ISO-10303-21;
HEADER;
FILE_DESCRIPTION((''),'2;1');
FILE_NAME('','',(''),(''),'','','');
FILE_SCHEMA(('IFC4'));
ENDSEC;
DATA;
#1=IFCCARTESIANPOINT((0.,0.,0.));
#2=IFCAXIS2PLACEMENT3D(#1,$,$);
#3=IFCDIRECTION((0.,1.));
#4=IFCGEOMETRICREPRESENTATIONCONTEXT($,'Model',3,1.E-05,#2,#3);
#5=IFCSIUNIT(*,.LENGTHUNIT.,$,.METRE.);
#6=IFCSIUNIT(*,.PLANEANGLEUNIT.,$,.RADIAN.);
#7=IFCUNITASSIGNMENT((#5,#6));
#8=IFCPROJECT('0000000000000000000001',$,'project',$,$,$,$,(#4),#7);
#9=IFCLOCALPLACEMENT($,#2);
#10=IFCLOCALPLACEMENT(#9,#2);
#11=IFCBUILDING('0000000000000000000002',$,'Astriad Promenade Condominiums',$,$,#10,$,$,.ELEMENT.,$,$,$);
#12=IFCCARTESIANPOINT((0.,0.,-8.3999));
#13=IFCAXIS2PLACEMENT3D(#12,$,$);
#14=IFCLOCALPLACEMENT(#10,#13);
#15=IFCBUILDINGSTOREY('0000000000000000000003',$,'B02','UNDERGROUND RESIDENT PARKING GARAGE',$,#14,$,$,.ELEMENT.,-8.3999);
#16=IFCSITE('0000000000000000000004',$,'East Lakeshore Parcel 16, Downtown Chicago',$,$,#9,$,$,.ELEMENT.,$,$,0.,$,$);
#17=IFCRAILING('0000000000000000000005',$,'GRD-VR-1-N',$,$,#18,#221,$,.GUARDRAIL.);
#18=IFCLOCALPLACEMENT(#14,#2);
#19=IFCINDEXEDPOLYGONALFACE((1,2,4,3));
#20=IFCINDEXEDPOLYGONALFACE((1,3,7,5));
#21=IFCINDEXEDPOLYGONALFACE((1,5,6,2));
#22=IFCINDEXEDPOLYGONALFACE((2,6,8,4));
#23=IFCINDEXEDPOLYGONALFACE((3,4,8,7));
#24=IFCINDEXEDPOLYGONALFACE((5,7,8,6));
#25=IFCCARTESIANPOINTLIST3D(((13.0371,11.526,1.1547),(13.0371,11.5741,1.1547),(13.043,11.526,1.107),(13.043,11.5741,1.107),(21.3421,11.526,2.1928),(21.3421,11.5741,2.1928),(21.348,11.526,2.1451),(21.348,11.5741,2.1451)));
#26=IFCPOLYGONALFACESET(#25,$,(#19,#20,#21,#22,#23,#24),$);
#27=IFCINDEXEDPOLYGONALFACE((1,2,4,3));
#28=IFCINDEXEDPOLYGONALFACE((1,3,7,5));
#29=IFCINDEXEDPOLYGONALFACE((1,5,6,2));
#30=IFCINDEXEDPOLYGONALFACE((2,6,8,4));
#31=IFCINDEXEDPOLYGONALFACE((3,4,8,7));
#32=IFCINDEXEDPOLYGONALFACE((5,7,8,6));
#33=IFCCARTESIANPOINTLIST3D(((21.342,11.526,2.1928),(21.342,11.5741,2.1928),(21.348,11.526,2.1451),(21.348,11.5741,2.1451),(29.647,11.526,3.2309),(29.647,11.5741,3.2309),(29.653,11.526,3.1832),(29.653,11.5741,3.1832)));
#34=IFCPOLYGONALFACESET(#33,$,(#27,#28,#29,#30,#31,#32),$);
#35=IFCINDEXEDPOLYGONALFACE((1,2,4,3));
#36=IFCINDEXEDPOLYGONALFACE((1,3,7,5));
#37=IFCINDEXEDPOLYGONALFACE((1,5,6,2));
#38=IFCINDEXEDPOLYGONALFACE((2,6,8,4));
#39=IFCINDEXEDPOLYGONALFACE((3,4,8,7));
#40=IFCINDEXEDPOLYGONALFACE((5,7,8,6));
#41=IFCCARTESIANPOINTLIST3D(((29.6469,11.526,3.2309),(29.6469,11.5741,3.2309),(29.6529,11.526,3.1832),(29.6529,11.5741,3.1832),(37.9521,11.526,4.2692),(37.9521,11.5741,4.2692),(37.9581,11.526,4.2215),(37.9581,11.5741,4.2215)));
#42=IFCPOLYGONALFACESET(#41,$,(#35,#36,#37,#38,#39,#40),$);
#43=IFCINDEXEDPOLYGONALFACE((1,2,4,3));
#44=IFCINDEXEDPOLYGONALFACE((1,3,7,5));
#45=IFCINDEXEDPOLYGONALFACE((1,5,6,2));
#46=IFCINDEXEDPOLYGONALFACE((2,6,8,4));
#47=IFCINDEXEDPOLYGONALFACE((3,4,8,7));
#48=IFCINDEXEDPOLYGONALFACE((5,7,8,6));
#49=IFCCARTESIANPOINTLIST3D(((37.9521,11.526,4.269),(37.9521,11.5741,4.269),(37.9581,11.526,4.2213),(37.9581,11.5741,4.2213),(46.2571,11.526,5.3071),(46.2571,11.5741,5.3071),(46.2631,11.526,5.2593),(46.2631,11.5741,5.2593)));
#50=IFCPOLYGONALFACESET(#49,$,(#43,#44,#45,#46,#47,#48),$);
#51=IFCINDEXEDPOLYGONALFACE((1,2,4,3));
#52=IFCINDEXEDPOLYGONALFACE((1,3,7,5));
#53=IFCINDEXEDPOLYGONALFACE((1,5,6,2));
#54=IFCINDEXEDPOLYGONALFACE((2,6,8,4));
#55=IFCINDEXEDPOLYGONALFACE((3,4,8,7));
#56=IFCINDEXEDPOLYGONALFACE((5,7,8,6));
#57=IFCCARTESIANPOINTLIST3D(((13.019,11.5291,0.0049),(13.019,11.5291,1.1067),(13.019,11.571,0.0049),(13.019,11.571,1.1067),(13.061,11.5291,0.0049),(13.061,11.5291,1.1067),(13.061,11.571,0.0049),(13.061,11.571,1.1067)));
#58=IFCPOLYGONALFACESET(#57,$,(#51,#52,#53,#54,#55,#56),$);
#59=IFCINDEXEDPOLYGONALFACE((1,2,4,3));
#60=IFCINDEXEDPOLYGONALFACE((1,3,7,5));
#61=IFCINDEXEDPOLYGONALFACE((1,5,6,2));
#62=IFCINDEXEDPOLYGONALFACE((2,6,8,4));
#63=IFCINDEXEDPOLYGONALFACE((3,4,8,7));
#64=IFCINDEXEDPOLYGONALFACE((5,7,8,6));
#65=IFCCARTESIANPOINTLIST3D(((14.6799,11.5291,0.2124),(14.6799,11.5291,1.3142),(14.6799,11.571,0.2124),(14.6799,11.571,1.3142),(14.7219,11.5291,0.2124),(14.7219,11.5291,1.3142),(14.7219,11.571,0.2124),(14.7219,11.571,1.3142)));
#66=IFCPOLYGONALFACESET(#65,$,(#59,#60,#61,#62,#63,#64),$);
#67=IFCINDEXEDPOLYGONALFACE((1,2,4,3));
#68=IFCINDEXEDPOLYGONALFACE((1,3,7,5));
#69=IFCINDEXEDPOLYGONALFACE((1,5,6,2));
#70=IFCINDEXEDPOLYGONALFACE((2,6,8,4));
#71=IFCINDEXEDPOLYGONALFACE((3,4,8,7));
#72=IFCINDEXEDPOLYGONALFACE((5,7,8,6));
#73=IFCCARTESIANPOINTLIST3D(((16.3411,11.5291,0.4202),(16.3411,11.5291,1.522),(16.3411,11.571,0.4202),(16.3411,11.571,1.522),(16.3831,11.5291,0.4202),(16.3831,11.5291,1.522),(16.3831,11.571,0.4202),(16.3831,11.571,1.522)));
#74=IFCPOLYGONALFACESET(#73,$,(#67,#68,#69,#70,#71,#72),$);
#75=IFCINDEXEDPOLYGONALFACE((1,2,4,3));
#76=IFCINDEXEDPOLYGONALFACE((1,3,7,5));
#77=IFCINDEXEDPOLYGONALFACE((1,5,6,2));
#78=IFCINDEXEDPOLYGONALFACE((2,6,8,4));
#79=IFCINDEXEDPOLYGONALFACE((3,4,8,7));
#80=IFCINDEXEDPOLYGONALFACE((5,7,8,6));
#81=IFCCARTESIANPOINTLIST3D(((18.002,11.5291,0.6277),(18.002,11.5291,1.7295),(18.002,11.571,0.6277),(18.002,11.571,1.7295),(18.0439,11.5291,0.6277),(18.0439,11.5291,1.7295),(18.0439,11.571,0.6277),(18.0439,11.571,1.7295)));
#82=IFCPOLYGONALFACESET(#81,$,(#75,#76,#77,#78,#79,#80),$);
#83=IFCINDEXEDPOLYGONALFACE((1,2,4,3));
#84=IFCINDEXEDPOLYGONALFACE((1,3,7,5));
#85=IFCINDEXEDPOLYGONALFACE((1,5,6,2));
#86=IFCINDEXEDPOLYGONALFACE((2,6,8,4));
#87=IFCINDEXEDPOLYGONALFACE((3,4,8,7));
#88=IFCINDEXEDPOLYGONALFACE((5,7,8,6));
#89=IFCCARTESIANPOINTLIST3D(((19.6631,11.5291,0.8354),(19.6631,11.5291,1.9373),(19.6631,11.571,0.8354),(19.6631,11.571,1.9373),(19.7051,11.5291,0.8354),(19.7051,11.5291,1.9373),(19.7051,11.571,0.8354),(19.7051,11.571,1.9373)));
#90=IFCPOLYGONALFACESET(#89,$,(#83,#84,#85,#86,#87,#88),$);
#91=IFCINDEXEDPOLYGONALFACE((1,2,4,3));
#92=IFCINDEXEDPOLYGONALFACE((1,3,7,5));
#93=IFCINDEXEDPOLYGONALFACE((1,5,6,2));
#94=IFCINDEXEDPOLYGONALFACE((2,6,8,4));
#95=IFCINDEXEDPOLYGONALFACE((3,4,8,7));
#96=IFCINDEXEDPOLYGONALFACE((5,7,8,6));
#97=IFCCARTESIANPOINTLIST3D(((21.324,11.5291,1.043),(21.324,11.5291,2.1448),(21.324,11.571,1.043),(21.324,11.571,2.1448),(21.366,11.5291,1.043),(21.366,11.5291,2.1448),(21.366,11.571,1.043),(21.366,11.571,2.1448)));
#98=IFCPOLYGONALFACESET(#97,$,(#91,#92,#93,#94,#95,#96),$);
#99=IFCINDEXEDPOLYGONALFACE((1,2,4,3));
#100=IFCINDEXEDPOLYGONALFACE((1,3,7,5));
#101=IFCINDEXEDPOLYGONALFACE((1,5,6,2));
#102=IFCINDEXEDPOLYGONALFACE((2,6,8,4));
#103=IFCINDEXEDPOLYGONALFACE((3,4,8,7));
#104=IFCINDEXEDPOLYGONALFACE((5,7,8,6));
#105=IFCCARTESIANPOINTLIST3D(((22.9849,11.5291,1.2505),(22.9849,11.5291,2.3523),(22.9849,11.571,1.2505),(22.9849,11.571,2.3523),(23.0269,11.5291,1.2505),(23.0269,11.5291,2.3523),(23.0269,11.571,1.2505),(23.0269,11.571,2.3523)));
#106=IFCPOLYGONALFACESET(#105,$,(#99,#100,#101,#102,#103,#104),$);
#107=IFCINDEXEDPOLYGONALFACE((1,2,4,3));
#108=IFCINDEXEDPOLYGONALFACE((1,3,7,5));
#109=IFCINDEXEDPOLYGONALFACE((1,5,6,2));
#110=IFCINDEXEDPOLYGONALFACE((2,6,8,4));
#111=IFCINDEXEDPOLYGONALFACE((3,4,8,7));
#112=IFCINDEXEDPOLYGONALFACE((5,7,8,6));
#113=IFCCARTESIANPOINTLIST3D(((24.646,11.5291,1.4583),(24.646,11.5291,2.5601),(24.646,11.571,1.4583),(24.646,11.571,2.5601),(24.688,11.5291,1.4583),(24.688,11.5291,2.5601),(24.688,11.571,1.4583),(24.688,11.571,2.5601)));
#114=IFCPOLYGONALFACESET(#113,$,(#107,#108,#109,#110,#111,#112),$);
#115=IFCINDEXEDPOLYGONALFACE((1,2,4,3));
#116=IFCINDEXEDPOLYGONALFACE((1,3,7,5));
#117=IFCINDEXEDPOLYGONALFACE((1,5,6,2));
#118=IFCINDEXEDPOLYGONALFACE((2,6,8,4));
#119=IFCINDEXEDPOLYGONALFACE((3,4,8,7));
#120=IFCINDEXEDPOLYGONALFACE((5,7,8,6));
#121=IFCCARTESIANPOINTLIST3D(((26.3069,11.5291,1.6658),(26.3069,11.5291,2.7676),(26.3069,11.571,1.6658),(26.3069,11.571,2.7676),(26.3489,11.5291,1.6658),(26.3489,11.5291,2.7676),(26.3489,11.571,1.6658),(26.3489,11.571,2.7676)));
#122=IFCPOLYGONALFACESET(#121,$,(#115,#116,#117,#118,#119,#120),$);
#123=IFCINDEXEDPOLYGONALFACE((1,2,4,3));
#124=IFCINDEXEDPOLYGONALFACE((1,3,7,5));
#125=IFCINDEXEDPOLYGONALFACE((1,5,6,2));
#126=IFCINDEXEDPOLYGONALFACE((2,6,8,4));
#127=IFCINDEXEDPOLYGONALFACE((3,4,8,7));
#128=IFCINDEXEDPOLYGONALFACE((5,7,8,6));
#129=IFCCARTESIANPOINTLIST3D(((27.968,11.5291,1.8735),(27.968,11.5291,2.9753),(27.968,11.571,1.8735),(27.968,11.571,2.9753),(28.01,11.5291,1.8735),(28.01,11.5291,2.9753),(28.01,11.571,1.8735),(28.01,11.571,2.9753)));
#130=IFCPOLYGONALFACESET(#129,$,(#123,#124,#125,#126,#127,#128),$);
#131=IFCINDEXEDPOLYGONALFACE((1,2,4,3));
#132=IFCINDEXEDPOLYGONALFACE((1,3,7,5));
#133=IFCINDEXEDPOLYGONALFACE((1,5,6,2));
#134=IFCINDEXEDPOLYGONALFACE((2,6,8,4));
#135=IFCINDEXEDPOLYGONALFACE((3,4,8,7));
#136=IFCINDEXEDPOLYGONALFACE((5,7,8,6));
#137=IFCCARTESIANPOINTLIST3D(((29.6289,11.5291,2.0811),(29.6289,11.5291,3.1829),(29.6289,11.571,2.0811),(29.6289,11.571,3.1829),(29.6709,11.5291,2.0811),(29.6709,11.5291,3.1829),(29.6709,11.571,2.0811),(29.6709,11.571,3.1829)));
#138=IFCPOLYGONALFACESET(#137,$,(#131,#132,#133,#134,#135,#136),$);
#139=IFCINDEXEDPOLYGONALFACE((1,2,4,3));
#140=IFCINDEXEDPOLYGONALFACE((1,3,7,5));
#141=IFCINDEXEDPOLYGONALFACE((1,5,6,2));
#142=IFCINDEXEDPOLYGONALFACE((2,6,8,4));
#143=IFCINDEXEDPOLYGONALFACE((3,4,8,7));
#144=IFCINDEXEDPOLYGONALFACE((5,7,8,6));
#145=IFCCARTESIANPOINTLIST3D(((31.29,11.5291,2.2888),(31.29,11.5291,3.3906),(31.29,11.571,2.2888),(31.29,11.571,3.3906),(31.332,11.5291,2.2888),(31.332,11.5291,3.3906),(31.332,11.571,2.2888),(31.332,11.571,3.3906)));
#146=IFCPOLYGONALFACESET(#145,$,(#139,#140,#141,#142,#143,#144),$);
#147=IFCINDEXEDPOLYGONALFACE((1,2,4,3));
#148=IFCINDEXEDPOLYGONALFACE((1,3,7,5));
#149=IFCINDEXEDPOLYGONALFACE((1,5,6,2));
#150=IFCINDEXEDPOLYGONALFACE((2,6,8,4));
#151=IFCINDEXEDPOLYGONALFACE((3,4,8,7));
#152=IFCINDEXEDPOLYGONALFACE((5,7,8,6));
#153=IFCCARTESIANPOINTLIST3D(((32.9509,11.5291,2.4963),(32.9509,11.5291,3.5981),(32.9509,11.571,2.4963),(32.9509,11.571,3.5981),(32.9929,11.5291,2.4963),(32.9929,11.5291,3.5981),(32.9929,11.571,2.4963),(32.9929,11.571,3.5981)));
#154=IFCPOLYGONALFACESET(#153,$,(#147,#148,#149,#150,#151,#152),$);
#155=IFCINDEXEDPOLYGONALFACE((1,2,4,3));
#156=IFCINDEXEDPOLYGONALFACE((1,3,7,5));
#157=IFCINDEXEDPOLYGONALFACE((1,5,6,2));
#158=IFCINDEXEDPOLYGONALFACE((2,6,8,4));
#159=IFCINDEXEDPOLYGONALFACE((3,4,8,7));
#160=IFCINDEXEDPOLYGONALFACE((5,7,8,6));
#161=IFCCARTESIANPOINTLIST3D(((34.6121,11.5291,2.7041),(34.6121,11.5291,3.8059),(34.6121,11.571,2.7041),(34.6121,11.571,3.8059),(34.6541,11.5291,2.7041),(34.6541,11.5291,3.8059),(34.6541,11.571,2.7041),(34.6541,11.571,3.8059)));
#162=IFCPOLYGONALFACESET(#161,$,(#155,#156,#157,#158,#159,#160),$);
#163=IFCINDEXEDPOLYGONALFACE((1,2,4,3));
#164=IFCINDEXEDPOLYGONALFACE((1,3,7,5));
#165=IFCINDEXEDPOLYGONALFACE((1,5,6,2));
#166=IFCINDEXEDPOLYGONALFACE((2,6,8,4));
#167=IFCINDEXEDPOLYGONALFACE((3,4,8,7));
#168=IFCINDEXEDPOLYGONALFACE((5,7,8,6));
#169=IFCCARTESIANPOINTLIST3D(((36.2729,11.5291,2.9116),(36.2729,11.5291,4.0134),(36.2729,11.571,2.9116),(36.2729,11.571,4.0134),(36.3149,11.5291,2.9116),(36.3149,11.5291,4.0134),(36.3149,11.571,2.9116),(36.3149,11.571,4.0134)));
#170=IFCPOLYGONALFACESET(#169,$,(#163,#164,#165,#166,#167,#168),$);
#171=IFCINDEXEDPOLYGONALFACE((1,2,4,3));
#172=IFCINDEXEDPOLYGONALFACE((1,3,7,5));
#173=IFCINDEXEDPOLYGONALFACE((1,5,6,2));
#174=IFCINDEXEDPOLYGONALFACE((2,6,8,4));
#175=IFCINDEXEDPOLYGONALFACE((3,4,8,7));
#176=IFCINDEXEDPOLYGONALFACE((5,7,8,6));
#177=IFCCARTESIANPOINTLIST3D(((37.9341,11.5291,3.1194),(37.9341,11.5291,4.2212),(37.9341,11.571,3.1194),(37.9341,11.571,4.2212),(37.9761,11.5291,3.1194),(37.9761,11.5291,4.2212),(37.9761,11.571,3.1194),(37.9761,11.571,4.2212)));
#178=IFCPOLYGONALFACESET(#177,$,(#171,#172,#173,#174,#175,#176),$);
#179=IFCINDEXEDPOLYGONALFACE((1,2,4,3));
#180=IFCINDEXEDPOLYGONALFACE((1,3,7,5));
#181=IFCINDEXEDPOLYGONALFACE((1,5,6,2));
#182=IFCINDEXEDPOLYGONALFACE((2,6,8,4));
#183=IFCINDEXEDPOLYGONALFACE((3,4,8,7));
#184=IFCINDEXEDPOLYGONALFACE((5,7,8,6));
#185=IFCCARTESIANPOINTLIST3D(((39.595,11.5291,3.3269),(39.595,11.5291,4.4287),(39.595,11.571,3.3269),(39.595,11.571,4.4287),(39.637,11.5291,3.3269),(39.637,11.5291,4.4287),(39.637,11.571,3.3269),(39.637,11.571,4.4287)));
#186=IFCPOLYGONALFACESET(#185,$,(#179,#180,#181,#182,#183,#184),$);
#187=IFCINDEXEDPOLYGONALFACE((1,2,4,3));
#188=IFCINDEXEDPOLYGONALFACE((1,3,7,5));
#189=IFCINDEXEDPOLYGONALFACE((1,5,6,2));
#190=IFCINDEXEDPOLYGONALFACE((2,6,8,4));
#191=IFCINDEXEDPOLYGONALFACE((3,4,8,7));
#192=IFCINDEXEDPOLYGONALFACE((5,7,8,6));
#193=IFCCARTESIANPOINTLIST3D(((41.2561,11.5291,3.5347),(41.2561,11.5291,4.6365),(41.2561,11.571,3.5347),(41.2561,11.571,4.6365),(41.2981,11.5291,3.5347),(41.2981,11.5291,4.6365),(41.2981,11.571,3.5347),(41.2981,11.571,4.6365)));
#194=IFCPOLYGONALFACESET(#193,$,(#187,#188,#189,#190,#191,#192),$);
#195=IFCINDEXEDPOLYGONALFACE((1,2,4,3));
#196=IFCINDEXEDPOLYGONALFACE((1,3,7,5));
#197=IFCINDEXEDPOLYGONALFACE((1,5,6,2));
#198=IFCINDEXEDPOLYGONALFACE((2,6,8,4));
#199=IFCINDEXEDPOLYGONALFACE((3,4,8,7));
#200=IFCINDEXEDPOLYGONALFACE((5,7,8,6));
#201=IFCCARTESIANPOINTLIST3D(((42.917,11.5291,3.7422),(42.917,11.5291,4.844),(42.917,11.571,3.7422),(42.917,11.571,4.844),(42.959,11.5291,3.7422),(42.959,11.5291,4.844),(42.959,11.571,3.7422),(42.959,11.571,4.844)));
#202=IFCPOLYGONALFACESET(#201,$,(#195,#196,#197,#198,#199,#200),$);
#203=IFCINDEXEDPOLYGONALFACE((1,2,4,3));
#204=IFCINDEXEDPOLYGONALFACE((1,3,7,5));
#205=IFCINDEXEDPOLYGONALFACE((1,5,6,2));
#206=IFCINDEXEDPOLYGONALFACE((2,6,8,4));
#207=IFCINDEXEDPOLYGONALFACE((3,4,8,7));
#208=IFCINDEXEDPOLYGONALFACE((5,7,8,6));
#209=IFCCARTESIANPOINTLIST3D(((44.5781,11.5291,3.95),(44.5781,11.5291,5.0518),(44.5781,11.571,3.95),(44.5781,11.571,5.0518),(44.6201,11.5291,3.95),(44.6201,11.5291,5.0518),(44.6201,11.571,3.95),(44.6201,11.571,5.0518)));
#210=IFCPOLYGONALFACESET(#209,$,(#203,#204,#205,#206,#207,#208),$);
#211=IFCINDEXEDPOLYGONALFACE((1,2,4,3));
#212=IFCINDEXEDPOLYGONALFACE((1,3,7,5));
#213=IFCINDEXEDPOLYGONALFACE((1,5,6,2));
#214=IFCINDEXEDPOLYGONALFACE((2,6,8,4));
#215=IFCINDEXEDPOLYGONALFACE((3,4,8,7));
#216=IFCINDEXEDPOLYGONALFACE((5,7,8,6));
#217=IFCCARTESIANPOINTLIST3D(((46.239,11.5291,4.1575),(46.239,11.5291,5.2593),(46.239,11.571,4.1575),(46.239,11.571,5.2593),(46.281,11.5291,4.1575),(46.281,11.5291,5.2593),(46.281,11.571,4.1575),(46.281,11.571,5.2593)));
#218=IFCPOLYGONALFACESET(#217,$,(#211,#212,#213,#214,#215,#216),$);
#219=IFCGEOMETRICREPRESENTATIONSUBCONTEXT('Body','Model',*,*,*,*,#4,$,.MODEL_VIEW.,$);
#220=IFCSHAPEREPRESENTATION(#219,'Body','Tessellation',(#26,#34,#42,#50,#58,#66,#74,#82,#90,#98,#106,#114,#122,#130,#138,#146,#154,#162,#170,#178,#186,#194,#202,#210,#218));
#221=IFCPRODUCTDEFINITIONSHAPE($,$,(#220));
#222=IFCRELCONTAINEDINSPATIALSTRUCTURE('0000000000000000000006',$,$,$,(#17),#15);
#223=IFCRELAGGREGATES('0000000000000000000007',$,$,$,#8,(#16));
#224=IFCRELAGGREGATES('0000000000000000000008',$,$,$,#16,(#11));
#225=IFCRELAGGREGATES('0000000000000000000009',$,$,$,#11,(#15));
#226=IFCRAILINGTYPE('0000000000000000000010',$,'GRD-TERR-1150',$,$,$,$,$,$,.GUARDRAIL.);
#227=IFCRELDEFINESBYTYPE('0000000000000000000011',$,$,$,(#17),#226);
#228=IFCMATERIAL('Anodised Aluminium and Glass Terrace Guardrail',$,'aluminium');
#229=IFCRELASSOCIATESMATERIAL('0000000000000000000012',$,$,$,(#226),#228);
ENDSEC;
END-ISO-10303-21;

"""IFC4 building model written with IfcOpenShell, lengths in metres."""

from ifc_helpers import new_model, si_unit, direction, frame, origin, origin_2d, place, context, subcontext, project, spatial, rectangle, extrude, source, transform, mapped, material, type_object, type_shapes, element, save


model = new_model("IFC4")

# Units and contexts
model_context = context("Model", 3, precision=1e-05, world=origin(), true_north=direction((0.0, 1.0)))
body_context = subcontext(model_context, "Body", "Model", "MODEL_VIEW")
ifc_project = project(units=[si_unit("LENGTHUNIT", "METRE"), si_unit("PLANEANGLEUNIT", "RADIAN")], contexts=[model_context])

# Site, building, storey
site_placement = place(None, origin())
site = spatial("IfcSite", under=ifc_project, at=site_placement, Name="East Lakeshore Parcel 16, Downtown Chicago", CompositionType="ELEMENT", RefElevation=0.0)
building_placement = place(site_placement, origin())
building = spatial("IfcBuilding", under=site, at=building_placement, Name="Astriad Promenade Condominiums", CompositionType="ELEMENT")
storey_placement = place(building_placement, frame((0.0, 0.0, -8.3999)))
storey = spatial("IfcBuildingStorey", under=building, at=storey_placement, Name="B02", Description="UNDERGROUND RESIDENT PARKING GARAGE", CompositionType="ELEMENT", Elevation=-8.3999)

# Railing
ifc_material_1 = material(Name="Anodised Aluminium and Glass Terrace Guardrail", Category="aluminium")
railing_type = type_object("IfcRailingType", Name="GRD-TERR-1150", PredefinedType="GUARDRAIL", material=ifc_material_1)
shared_shape_1 = source(origin(), body_context, "Body", "SweptSolid", [
    extrude(rectangle(XDim=0.0481, YDim=0.0481, at=origin_2d()), frame((0.0, 0.0, 1.126), z_axis=(0.992278, 0.0, 0.124031), x_axis=(0.0, 1.0, 0.0)), (0.0, 0.0, 1.0), 8.3696),
    extrude(rectangle(XDim=0.0481, YDim=0.0481, at=origin_2d()), frame((8.3049, 0.0, 2.1641), z_axis=(0.992278, 0.0, 0.124031), x_axis=(0.0, 1.0, 0.0)), (0.0, 0.0, 1.0), 8.3696),
    extrude(rectangle(XDim=0.0481, YDim=0.0481, at=origin_2d()), frame((16.6099, 0.0, 3.2021), z_axis=(0.992275, 0.0, 0.124056), x_axis=(0.0, 1.0, 0.0)), (0.0, 0.0, 1.0), 8.3699),
    extrude(rectangle(XDim=0.0481, YDim=0.0481, at=origin_2d()), frame((24.915, 0.0, 4.2402), z_axis=(0.992278, 0.0, 0.124031), x_axis=(0.0, 1.0, 0.0)), (0.0, 0.0, 1.0), 8.3696),
    extrude(rectangle(XDim=0.042, YDim=0.042, at=origin_2d()), origin(), (0.0, 0.0, 1.0), 1.1018),
    extrude(rectangle(XDim=0.042, YDim=0.042, at=origin_2d()), frame((1.6609, 0.0, 0.2075)), (0.0, 0.0, 1.0), 1.1018),
    extrude(rectangle(XDim=0.042, YDim=0.042, at=origin_2d()), frame((3.322, 0.0, 0.4153)), (0.0, 0.0, 1.0), 1.1018),
    extrude(rectangle(XDim=0.042, YDim=0.042, at=origin_2d()), frame((4.9829, 0.0, 0.6228)), (0.0, 0.0, 1.0), 1.1018),
    extrude(rectangle(XDim=0.042, YDim=0.042, at=origin_2d()), frame((6.644, 0.0, 0.8306)), (0.0, 0.0, 1.0), 1.1018),
    extrude(rectangle(XDim=0.042, YDim=0.042, at=origin_2d()), frame((8.3049, 0.0, 1.0381)), (0.0, 0.0, 1.0), 1.1018),
    extrude(rectangle(XDim=0.042, YDim=0.042, at=origin_2d()), frame((9.9658, 0.0, 1.2456)), (0.0, 0.0, 1.0), 1.1018),
    extrude(rectangle(XDim=0.042, YDim=0.042, at=origin_2d()), frame((11.627, 0.0, 1.4534)), (0.0, 0.0, 1.0), 1.1018),
    extrude(rectangle(XDim=0.042, YDim=0.042, at=origin_2d()), frame((13.2878, 0.0, 1.6609)), (0.0, 0.0, 1.0), 1.1018),
    extrude(rectangle(XDim=0.042, YDim=0.042, at=origin_2d()), frame((14.949, 0.0, 1.8687)), (0.0, 0.0, 1.0), 1.1018),
    extrude(rectangle(XDim=0.042, YDim=0.042, at=origin_2d()), frame((16.6099, 0.0, 2.0762)), (0.0, 0.0, 1.0), 1.1018),
    extrude(rectangle(XDim=0.042, YDim=0.042, at=origin_2d()), frame((18.271, 0.0, 2.2839)), (0.0, 0.0, 1.0), 1.1018),
    extrude(rectangle(XDim=0.042, YDim=0.042, at=origin_2d()), frame((19.9319, 0.0, 2.4915)), (0.0, 0.0, 1.0), 1.1018),
    extrude(rectangle(XDim=0.042, YDim=0.042, at=origin_2d()), frame((21.593, 0.0, 2.6992)), (0.0, 0.0, 1.0), 1.1018),
    extrude(rectangle(XDim=0.042, YDim=0.042, at=origin_2d()), frame((23.2539, 0.0, 2.9067)), (0.0, 0.0, 1.0), 1.1018),
    extrude(rectangle(XDim=0.042, YDim=0.042, at=origin_2d()), frame((24.915, 0.0, 3.1145)), (0.0, 0.0, 1.0), 1.1018),
    extrude(rectangle(XDim=0.042, YDim=0.042, at=origin_2d()), frame((26.5759, 0.0, 3.322)), (0.0, 0.0, 1.0), 1.1018),
    extrude(rectangle(XDim=0.042, YDim=0.042, at=origin_2d()), frame((28.2371, 0.0, 3.5298)), (0.0, 0.0, 1.0), 1.1018),
    extrude(rectangle(XDim=0.042, YDim=0.042, at=origin_2d()), frame((29.8979, 0.0, 3.7373)), (0.0, 0.0, 1.0), 1.1018),
    extrude(rectangle(XDim=0.042, YDim=0.042, at=origin_2d()), frame((31.5591, 0.0, 3.9451)), (0.0, 0.0, 1.0), 1.1018),
    extrude(rectangle(XDim=0.042, YDim=0.042, at=origin_2d()), frame((33.22, 0.0, 4.1526)), (0.0, 0.0, 1.0), 1.1018),
])
type_shapes(railing_type, [shared_shape_1])
railing_placement = place(storey_placement, frame((13.04, 11.55, 0.0049)))
element("IfcRailing", 1, at=railing_placement, inside=storey, type_object=railing_type, Name="GRD-VR-1-N", PredefinedType="GUARDRAIL", context=body_context, shape_type="MappedRepresentation", body=[
    mapped(shared_shape_1, transform((0.0, 0.0, 0.0), scale=1.0)),
])

save(model, "model.ifc")
